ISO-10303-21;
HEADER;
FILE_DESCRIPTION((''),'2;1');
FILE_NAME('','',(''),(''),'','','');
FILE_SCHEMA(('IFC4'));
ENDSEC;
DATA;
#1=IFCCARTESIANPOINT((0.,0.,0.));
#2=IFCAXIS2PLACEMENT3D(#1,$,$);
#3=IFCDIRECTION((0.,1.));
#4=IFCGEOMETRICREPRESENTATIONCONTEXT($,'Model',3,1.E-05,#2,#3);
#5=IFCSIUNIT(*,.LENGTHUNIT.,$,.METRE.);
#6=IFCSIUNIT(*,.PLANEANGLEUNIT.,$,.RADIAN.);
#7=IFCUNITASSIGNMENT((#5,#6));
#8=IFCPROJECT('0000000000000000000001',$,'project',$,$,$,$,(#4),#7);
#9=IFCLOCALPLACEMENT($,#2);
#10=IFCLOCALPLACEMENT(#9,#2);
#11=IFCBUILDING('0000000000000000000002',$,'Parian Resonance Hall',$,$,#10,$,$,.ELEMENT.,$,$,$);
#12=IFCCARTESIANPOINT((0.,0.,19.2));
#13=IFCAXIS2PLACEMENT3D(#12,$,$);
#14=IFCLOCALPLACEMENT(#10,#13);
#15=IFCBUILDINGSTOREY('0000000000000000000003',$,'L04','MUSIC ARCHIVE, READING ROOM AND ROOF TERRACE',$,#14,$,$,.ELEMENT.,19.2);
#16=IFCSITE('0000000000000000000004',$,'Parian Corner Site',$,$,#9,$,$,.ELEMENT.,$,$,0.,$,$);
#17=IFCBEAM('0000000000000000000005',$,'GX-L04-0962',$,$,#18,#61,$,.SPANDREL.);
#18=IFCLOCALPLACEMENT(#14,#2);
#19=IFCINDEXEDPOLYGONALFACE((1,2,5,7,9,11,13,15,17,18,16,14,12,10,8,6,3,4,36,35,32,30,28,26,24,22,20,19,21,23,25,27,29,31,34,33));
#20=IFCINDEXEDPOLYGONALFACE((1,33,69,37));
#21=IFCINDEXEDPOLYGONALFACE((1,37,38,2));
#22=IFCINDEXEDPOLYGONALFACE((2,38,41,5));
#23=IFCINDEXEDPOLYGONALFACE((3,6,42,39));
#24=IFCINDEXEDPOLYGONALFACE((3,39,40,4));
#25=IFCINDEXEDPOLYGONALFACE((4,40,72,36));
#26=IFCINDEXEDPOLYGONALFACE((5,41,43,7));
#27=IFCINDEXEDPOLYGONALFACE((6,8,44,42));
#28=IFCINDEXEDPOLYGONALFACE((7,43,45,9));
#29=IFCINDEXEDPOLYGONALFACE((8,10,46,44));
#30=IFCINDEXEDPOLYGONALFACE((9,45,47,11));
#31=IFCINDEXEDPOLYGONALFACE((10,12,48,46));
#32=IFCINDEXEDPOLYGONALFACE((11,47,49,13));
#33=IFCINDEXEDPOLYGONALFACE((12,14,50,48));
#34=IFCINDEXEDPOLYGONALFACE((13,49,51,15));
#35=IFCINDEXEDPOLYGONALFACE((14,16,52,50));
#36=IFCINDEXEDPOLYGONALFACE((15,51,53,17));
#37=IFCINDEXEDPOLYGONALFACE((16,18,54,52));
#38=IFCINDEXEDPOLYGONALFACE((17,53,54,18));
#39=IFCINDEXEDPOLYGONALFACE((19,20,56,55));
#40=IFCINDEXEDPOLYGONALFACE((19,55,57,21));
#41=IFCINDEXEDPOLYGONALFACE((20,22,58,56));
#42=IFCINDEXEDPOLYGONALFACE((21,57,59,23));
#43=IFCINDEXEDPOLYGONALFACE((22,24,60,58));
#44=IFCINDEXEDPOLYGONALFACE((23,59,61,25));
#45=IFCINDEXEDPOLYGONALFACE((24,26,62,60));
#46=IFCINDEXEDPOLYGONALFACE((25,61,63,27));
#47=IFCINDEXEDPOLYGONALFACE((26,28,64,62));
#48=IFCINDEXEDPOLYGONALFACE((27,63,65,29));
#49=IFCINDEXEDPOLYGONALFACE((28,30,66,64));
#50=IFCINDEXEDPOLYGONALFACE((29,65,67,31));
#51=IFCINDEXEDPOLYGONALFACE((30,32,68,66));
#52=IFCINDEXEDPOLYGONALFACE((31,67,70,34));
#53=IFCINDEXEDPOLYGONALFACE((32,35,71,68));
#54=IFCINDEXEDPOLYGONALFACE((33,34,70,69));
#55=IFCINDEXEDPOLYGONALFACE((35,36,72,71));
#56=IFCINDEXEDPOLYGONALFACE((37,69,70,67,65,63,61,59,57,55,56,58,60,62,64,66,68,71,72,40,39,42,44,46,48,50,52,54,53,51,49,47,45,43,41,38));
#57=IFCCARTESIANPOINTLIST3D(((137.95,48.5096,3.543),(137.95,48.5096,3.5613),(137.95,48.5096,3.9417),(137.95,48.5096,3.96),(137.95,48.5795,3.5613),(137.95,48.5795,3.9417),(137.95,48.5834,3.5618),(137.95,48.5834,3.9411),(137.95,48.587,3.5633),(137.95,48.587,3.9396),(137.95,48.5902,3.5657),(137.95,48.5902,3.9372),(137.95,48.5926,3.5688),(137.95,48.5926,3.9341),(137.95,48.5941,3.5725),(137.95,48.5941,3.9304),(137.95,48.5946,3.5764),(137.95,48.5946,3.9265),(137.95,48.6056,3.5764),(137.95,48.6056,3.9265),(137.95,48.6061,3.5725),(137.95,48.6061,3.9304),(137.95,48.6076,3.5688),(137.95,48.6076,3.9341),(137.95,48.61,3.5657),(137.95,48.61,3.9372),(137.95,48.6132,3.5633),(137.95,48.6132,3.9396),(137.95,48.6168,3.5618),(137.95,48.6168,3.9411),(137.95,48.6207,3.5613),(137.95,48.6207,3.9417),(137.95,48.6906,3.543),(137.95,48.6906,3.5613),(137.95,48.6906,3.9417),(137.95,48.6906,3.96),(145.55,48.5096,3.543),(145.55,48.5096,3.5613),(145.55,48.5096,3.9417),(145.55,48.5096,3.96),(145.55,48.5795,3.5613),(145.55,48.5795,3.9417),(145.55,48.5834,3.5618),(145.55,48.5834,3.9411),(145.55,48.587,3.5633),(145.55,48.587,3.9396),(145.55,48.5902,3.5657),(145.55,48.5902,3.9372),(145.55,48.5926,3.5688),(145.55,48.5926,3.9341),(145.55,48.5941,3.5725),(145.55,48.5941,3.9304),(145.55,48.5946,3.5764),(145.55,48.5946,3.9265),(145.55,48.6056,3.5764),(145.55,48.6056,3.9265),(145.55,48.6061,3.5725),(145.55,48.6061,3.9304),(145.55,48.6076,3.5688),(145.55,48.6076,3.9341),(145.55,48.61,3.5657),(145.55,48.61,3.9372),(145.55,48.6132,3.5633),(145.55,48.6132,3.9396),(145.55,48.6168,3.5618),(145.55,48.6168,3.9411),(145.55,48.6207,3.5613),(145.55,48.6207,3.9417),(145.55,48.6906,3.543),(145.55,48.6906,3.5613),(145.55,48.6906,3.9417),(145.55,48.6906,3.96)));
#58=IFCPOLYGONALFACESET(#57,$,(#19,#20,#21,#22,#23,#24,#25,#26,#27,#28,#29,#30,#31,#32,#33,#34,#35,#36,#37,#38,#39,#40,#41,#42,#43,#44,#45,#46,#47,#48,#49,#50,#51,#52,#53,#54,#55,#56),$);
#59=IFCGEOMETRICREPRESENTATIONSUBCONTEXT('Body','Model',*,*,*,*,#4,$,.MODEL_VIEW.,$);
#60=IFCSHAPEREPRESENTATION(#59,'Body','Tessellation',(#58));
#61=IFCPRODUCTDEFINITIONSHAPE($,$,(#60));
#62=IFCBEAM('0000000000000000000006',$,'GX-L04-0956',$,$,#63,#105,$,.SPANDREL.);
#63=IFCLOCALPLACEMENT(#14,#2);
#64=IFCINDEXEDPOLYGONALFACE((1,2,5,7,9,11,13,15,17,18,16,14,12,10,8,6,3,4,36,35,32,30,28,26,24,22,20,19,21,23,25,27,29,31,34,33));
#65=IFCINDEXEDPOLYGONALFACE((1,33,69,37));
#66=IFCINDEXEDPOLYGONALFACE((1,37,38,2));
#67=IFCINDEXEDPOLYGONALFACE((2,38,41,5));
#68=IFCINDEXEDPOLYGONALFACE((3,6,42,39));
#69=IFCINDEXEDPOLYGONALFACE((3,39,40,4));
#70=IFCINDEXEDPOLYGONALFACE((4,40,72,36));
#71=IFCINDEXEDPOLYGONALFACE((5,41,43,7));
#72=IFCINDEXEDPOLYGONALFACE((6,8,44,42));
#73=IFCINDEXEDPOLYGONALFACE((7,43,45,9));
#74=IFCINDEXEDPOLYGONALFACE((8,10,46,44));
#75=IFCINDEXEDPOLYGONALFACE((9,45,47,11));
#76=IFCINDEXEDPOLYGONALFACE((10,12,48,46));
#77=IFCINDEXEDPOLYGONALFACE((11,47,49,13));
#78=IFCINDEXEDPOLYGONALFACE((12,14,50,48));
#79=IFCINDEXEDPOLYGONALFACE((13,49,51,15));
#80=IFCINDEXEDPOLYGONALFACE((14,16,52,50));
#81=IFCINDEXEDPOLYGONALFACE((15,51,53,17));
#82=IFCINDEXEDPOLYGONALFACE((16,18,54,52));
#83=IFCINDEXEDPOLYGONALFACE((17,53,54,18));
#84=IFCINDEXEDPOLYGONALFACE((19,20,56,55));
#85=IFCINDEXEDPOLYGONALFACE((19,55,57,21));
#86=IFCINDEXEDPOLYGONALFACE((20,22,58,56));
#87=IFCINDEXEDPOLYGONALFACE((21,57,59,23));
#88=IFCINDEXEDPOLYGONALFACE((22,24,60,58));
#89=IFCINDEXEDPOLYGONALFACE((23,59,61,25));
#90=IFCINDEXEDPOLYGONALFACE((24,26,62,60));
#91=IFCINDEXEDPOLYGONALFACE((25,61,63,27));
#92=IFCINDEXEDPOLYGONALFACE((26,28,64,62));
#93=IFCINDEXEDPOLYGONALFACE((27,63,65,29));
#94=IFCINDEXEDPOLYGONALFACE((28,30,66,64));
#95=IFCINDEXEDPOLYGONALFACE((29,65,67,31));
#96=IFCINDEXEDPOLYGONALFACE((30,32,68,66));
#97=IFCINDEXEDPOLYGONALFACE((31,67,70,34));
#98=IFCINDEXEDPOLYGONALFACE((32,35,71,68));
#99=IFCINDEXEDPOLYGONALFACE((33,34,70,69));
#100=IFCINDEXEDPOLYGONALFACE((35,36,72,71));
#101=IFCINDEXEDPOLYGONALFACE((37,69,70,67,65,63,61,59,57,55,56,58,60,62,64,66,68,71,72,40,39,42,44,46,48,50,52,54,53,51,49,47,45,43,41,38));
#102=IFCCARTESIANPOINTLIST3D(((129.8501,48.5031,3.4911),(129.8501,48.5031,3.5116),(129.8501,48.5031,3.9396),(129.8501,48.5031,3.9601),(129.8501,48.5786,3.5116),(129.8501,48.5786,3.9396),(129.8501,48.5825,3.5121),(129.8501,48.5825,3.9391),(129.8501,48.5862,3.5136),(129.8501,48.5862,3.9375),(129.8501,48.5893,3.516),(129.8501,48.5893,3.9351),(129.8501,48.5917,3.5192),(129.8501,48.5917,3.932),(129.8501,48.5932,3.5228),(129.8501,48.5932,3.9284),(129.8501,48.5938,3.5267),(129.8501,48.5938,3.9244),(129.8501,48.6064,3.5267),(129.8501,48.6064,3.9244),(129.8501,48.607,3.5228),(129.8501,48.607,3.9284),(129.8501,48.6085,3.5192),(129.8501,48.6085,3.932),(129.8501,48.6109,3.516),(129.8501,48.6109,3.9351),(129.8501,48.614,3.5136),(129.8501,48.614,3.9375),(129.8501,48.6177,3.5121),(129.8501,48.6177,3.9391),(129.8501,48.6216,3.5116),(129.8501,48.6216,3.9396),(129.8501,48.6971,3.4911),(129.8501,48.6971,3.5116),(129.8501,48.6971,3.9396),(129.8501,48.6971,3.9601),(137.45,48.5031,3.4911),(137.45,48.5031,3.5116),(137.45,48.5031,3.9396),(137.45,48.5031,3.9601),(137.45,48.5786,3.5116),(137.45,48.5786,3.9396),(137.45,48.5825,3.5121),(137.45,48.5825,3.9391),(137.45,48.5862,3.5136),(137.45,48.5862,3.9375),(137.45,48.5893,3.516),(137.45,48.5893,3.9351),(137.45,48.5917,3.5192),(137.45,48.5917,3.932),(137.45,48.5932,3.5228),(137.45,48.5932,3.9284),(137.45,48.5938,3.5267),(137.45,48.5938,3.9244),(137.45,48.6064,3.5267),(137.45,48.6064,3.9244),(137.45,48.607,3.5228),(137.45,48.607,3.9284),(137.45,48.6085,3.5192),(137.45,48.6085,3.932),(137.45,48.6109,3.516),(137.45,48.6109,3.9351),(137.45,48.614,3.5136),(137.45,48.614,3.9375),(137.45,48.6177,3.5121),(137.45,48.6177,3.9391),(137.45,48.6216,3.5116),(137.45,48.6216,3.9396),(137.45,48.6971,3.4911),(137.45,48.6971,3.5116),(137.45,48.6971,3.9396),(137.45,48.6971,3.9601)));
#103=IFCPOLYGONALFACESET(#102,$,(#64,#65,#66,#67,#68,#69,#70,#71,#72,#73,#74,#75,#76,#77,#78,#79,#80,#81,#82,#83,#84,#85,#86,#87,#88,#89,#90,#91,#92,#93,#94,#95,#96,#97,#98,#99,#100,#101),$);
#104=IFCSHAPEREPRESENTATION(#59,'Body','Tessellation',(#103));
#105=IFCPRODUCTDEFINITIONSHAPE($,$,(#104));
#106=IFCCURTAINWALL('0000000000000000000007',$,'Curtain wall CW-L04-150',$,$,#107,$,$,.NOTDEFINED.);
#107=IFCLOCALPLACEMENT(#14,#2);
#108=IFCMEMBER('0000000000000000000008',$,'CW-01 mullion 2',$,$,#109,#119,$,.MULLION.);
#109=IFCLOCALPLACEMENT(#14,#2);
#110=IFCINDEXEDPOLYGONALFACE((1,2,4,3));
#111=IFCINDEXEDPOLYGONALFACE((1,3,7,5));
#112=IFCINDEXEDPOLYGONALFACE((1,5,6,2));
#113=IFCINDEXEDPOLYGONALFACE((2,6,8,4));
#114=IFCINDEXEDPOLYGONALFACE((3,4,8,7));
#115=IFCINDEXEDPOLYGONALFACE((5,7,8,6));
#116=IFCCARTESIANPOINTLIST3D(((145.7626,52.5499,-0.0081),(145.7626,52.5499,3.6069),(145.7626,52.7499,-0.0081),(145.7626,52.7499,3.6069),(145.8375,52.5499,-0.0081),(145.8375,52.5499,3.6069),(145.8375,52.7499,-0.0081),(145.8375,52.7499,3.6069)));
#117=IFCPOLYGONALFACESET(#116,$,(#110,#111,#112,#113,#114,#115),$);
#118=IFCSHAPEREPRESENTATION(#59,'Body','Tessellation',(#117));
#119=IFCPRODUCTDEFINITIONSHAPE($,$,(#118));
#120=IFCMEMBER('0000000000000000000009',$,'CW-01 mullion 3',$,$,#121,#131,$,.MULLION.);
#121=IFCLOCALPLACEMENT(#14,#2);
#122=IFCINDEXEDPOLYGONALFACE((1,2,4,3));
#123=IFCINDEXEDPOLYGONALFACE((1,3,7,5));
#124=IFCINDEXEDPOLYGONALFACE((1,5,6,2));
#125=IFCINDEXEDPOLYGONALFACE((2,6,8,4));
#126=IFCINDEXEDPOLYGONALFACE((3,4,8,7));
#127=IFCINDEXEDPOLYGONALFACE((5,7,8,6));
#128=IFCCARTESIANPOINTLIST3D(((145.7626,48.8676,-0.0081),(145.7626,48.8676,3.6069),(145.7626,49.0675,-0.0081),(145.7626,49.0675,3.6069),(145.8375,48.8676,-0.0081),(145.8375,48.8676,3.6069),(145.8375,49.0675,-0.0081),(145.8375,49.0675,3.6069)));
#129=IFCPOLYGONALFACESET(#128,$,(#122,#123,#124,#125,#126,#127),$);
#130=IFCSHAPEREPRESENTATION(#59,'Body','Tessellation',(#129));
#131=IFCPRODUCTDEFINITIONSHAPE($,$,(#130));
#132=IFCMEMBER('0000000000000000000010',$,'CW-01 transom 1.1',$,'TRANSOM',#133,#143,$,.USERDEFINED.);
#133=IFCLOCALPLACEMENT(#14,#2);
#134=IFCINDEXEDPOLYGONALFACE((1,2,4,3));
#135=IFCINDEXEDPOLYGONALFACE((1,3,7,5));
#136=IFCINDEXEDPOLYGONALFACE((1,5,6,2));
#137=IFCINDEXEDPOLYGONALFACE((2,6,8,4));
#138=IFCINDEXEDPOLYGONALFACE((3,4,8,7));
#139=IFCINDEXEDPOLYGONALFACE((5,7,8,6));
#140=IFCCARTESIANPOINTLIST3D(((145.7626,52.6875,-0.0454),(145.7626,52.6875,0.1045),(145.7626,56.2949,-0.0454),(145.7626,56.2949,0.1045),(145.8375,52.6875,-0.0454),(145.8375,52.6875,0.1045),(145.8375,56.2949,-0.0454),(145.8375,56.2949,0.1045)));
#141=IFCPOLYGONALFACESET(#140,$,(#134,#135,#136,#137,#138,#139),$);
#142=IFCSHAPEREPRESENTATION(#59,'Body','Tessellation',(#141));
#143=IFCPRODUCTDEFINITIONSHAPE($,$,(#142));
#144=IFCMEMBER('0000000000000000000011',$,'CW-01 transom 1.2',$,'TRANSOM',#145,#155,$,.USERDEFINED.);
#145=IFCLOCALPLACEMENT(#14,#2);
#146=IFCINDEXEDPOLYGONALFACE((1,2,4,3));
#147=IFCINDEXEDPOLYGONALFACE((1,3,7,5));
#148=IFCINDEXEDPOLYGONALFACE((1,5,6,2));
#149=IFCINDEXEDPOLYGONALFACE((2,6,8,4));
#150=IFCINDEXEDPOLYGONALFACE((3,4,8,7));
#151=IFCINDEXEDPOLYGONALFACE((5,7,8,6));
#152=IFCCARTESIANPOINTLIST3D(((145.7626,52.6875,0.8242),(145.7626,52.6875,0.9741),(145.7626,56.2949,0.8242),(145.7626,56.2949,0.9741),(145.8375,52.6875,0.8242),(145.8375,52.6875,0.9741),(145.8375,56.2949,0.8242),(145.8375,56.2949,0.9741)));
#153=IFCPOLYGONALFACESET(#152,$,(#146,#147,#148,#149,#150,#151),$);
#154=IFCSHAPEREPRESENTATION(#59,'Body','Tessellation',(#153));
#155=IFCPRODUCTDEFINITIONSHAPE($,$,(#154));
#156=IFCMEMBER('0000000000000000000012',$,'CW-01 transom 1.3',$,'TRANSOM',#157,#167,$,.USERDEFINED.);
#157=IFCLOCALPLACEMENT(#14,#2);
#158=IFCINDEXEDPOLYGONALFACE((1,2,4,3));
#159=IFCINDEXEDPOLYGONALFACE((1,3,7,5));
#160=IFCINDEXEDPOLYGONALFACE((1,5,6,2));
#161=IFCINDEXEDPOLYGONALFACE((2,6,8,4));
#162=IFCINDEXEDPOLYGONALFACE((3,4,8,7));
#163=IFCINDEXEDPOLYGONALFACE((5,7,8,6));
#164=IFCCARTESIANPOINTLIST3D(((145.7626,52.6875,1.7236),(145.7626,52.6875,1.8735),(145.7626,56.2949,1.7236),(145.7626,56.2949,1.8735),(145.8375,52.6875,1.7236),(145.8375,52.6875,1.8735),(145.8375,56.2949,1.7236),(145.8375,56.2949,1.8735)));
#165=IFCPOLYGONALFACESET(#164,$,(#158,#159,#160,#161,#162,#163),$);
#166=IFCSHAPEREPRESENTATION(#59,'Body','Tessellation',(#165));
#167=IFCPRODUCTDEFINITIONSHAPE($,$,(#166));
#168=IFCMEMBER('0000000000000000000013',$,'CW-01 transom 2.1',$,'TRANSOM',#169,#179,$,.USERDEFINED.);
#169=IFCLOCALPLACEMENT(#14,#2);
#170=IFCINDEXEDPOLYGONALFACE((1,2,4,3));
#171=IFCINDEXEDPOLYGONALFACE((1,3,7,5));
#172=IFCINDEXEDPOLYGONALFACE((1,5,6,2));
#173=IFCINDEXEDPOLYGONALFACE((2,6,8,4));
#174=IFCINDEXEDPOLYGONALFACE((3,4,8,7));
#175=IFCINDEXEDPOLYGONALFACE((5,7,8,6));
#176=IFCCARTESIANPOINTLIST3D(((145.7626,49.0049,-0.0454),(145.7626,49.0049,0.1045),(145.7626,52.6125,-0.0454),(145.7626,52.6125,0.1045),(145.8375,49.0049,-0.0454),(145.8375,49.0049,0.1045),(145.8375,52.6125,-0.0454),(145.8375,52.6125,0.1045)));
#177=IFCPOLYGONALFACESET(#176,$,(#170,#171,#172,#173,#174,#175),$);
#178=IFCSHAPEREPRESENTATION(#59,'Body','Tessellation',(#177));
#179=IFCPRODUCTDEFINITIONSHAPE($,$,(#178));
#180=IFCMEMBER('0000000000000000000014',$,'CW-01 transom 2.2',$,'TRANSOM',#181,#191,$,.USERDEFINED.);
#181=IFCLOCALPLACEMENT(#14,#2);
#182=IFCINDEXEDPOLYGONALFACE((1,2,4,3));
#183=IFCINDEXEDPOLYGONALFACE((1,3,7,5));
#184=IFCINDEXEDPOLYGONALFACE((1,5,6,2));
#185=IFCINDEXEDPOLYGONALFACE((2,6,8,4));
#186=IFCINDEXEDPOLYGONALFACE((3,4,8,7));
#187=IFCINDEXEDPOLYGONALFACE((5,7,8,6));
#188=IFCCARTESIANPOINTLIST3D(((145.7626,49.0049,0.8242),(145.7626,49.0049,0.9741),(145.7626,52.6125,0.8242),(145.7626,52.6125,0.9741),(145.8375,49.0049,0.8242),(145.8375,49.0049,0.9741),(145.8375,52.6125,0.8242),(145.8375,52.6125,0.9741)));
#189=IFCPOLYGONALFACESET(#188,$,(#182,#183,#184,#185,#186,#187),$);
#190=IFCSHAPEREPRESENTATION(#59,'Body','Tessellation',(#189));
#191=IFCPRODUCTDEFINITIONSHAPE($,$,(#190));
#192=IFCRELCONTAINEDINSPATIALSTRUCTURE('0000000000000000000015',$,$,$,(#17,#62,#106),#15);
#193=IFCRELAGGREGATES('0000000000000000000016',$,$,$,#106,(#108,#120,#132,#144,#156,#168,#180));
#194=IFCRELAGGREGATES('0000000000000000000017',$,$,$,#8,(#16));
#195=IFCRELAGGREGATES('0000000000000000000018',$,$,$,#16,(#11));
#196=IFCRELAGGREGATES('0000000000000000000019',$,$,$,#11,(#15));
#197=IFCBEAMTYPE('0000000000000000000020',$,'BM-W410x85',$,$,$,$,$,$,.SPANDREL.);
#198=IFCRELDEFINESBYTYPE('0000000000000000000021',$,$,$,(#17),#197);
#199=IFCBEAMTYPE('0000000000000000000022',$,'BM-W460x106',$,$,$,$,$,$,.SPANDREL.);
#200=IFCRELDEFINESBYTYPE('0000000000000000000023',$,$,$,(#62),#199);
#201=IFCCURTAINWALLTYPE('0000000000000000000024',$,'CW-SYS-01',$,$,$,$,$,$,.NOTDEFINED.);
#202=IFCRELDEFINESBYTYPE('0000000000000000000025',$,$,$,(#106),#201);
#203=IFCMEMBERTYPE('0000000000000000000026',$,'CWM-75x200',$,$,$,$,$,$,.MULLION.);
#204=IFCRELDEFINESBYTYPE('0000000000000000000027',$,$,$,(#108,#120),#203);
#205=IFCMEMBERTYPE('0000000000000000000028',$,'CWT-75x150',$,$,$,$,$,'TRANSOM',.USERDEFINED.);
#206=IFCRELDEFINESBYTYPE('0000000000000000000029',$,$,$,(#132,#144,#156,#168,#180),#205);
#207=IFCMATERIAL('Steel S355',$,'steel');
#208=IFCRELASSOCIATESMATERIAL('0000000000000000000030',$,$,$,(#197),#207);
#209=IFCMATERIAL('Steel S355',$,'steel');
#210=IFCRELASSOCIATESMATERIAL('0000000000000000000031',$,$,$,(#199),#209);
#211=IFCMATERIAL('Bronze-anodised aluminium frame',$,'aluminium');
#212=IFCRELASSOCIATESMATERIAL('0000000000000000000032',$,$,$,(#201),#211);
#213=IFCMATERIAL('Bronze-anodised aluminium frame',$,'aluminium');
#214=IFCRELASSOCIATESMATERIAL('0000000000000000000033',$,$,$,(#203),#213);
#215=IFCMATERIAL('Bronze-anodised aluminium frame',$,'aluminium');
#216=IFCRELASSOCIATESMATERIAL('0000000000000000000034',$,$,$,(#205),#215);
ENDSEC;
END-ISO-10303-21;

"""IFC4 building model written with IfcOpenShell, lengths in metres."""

from ifc_helpers import new_model, si_unit, direction, frame, origin, origin_2d, place, context, subcontext, project, spatial, rectangle, i_section, extrude, material, material_profile, profile_set, type_object, element, aggregate, save


model = new_model("IFC4")

# Units and contexts
model_context = context("Model", 3, precision=1e-05, world=origin(), true_north=direction((0.0, 1.0)))
body_context = subcontext(model_context, "Body", "Model", "MODEL_VIEW")
ifc_project = project(units=[si_unit("LENGTHUNIT", "METRE"), si_unit("PLANEANGLEUNIT", "RADIAN")], contexts=[model_context])

# Site, building, storey
site_placement = place(None, origin())
site = spatial("IfcSite", under=ifc_project, at=site_placement, Name="Parian Corner Site", CompositionType="ELEMENT", RefElevation=0.0)
building_placement = place(site_placement, origin())
building = spatial("IfcBuilding", under=site, at=building_placement, Name="Parian Resonance Hall", CompositionType="ELEMENT")
storey_placement = place(building_placement, frame((0.0, 0.0, 19.2)))
storey = spatial("IfcBuildingStorey", under=building, at=storey_placement, Name="L04", Description="MUSIC ARCHIVE, READING ROOM AND ROOF TERRACE", CompositionType="ELEMENT", Elevation=19.2)

# Beams
ifc_material_1 = material(Name="Steel S355", Category="steel")
ifc_material_profile_1 = material_profile(ifc_material_1, i_section(OverallWidth=0.1809, OverallDepth=0.417, WebThickness=0.011, FlangeThickness=0.0183, FilletRadius=0.0151, at=origin_2d()), Name="W410x85")
ifc_profile_set_1 = profile_set([ifc_material_profile_1], Name="Steel S355")
beam_type_1 = type_object("IfcBeamType", Name="BM-W410x85", PredefinedType="SPANDREL", material=ifc_profile_set_1)
beam_1_placement = place(storey_placement, frame((137.95, 48.6001, 3.7515), z_axis=(1.0, 0.0, 0.0), x_axis=(0.0, 1.0, 0.0)))
element("IfcBeam", 1, at=beam_1_placement, inside=storey, type_object=beam_type_1, Name="GX-L04-0962", PredefinedType="SPANDREL", context=body_context, shape_type="SweptSolid", body=[
    extrude(i_section(OverallWidth=0.1809, OverallDepth=0.417, WebThickness=0.011, FlangeThickness=0.0183, FilletRadius=0.0151, at=origin_2d()), origin(), (0.0, 0.0, 1.0), 7.6001),
])
ifc_material_2 = material(Name="Steel S355", Category="steel")
ifc_material_profile_2 = material_profile(ifc_material_2, i_section(OverallWidth=0.1941, OverallDepth=0.469, WebThickness=0.0127, FlangeThickness=0.0205, FilletRadius=0.0151, at=origin_2d()), Name="W460x106")
ifc_profile_set_2 = profile_set([ifc_material_profile_2], Name="Steel S355")
beam_type_2 = type_object("IfcBeamType", Name="BM-W460x106", PredefinedType="SPANDREL", material=ifc_profile_set_2)
beam_2_placement = place(storey_placement, frame((129.8501, 48.6001, 3.7256), z_axis=(1.0, 0.0, 0.0), x_axis=(0.0, 1.0, 0.0)))
element("IfcBeam", 2, at=beam_2_placement, inside=storey, type_object=beam_type_2, Name="GX-L04-0956", PredefinedType="SPANDREL", context=body_context, shape_type="SweptSolid", body=[
    extrude(i_section(OverallWidth=0.1941, OverallDepth=0.469, WebThickness=0.0127, FlangeThickness=0.0205, FilletRadius=0.0151, at=origin_2d()), origin(), (0.0, 0.0, 1.0), 7.5999),
])

# Curtain wall, members
ifc_material_3 = material(Name="Bronze-anodised aluminium frame", Category="aluminium")
curtain_wall_type = type_object("IfcCurtainWallType", Name="CW-SYS-01", PredefinedType="NOTDEFINED", material=ifc_material_3)
curtain_wall_placement = place(storey_placement, origin())
curtain_wall = element("IfcCurtainWall", 3, at=curtain_wall_placement, inside=storey, type_object=curtain_wall_type, Name="Curtain wall CW-L04-150", PredefinedType="NOTDEFINED")
ifc_material_4 = material(Name="Bronze-anodised aluminium frame", Category="aluminium")
ifc_material_profile_3 = material_profile(ifc_material_4, rectangle(XDim=0.075, YDim=0.2, at=origin_2d()), Name="CWM-75x200")
ifc_profile_set_3 = profile_set([ifc_material_profile_3], Name="Bronze-anodised aluminium frame")
member_type_1 = type_object("IfcMemberType", Name="CWM-75x200", PredefinedType="MULLION", material=ifc_profile_set_3)
member_1_placement = place(storey_placement, frame((145.8, 52.6499, -0.0081), z_axis=(0.0, 0.0, 1.0), x_axis=(1.0, 0.0, 0.0)))
member_1 = element("IfcMember", 4, at=member_1_placement, type_object=member_type_1, Name="CW-01 mullion 2", PredefinedType="MULLION", context=body_context, shape_type="SweptSolid", body=[
    extrude(rectangle(XDim=0.075, YDim=0.2, at=origin_2d()), origin(), (0.0, 0.0, 1.0), 3.615),
])
member_2_placement = place(storey_placement, frame((145.8, 48.9675, -0.0081), z_axis=(0.0, 0.0, 1.0), x_axis=(1.0, 0.0, 0.0)))
member_2 = element("IfcMember", 5, at=member_2_placement, type_object=member_type_1, Name="CW-01 mullion 3", PredefinedType="MULLION", context=body_context, shape_type="SweptSolid", body=[
    extrude(rectangle(XDim=0.075, YDim=0.2, at=origin_2d()), origin(), (0.0, 0.0, 1.0), 3.615),
])
ifc_material_5 = material(Name="Bronze-anodised aluminium frame", Category="aluminium")
ifc_material_profile_4 = material_profile(ifc_material_5, rectangle(XDim=0.075, YDim=0.1499, at=origin_2d()), Name="CWT-75x150")
ifc_profile_set_4 = profile_set([ifc_material_profile_4], Name="Bronze-anodised aluminium frame")
member_type_2 = type_object("IfcMemberType", Name="CWT-75x150", ElementType="TRANSOM", PredefinedType="USERDEFINED", material=ifc_profile_set_4)
member_3_placement = place(storey_placement, frame((145.8, 56.2949, 0.0295), z_axis=(0.0, -1.0, 0.0), x_axis=(1.0, 0.0, 0.0)))
member_3 = element("IfcMember", 6, at=member_3_placement, type_object=member_type_2, Name="CW-01 transom 1.1", ObjectType="TRANSOM", PredefinedType="USERDEFINED", context=body_context, shape_type="SweptSolid", body=[
    extrude(rectangle(XDim=0.075, YDim=0.1499, at=origin_2d()), origin(), (0.0, 0.0, 1.0), 3.6074),
])
member_4_placement = place(storey_placement, frame((145.8, 56.2949, 0.8992), z_axis=(0.0, -1.0, 0.0), x_axis=(1.0, 0.0, 0.0)))
member_4 = element("IfcMember", 7, at=member_4_placement, type_object=member_type_2, Name="CW-01 transom 1.2", ObjectType="TRANSOM", PredefinedType="USERDEFINED", context=body_context, shape_type="SweptSolid", body=[
    extrude(rectangle(XDim=0.075, YDim=0.1499, at=origin_2d()), origin(), (0.0, 0.0, 1.0), 3.6074),
])
member_5_placement = place(storey_placement, frame((145.8, 56.2949, 1.7986), z_axis=(0.0, -1.0, 0.0), x_axis=(1.0, 0.0, 0.0)))
member_5 = element("IfcMember", 8, at=member_5_placement, type_object=member_type_2, Name="CW-01 transom 1.3", ObjectType="TRANSOM", PredefinedType="USERDEFINED", context=body_context, shape_type="SweptSolid", body=[
    extrude(rectangle(XDim=0.075, YDim=0.1499, at=origin_2d()), origin(), (0.0, 0.0, 1.0), 3.6074),
])
member_6_placement = place(storey_placement, frame((145.8, 52.6125, 0.0295), z_axis=(0.0, -1.0, 0.0), x_axis=(1.0, 0.0, 0.0)))
member_6 = element("IfcMember", 9, at=member_6_placement, type_object=member_type_2, Name="CW-01 transom 2.1", ObjectType="TRANSOM", PredefinedType="USERDEFINED", context=body_context, shape_type="SweptSolid", body=[
    extrude(rectangle(XDim=0.075, YDim=0.1499, at=origin_2d()), origin(), (0.0, 0.0, 1.0), 3.6077),
])
member_7_placement = place(storey_placement, frame((145.8, 52.6125, 0.8992), z_axis=(0.0, -1.0, 0.0), x_axis=(1.0, 0.0, 0.0)))
member_7 = element("IfcMember", 10, at=member_7_placement, type_object=member_type_2, Name="CW-01 transom 2.2", ObjectType="TRANSOM", PredefinedType="USERDEFINED", context=body_context, shape_type="SweptSolid", body=[
    extrude(rectangle(XDim=0.075, YDim=0.1499, at=origin_2d()), origin(), (0.0, 0.0, 1.0), 3.6077),
])
aggregate(curtain_wall, [member_1, member_2, member_3, member_4, member_5, member_6, member_7])

save(model, "model.ifc")
